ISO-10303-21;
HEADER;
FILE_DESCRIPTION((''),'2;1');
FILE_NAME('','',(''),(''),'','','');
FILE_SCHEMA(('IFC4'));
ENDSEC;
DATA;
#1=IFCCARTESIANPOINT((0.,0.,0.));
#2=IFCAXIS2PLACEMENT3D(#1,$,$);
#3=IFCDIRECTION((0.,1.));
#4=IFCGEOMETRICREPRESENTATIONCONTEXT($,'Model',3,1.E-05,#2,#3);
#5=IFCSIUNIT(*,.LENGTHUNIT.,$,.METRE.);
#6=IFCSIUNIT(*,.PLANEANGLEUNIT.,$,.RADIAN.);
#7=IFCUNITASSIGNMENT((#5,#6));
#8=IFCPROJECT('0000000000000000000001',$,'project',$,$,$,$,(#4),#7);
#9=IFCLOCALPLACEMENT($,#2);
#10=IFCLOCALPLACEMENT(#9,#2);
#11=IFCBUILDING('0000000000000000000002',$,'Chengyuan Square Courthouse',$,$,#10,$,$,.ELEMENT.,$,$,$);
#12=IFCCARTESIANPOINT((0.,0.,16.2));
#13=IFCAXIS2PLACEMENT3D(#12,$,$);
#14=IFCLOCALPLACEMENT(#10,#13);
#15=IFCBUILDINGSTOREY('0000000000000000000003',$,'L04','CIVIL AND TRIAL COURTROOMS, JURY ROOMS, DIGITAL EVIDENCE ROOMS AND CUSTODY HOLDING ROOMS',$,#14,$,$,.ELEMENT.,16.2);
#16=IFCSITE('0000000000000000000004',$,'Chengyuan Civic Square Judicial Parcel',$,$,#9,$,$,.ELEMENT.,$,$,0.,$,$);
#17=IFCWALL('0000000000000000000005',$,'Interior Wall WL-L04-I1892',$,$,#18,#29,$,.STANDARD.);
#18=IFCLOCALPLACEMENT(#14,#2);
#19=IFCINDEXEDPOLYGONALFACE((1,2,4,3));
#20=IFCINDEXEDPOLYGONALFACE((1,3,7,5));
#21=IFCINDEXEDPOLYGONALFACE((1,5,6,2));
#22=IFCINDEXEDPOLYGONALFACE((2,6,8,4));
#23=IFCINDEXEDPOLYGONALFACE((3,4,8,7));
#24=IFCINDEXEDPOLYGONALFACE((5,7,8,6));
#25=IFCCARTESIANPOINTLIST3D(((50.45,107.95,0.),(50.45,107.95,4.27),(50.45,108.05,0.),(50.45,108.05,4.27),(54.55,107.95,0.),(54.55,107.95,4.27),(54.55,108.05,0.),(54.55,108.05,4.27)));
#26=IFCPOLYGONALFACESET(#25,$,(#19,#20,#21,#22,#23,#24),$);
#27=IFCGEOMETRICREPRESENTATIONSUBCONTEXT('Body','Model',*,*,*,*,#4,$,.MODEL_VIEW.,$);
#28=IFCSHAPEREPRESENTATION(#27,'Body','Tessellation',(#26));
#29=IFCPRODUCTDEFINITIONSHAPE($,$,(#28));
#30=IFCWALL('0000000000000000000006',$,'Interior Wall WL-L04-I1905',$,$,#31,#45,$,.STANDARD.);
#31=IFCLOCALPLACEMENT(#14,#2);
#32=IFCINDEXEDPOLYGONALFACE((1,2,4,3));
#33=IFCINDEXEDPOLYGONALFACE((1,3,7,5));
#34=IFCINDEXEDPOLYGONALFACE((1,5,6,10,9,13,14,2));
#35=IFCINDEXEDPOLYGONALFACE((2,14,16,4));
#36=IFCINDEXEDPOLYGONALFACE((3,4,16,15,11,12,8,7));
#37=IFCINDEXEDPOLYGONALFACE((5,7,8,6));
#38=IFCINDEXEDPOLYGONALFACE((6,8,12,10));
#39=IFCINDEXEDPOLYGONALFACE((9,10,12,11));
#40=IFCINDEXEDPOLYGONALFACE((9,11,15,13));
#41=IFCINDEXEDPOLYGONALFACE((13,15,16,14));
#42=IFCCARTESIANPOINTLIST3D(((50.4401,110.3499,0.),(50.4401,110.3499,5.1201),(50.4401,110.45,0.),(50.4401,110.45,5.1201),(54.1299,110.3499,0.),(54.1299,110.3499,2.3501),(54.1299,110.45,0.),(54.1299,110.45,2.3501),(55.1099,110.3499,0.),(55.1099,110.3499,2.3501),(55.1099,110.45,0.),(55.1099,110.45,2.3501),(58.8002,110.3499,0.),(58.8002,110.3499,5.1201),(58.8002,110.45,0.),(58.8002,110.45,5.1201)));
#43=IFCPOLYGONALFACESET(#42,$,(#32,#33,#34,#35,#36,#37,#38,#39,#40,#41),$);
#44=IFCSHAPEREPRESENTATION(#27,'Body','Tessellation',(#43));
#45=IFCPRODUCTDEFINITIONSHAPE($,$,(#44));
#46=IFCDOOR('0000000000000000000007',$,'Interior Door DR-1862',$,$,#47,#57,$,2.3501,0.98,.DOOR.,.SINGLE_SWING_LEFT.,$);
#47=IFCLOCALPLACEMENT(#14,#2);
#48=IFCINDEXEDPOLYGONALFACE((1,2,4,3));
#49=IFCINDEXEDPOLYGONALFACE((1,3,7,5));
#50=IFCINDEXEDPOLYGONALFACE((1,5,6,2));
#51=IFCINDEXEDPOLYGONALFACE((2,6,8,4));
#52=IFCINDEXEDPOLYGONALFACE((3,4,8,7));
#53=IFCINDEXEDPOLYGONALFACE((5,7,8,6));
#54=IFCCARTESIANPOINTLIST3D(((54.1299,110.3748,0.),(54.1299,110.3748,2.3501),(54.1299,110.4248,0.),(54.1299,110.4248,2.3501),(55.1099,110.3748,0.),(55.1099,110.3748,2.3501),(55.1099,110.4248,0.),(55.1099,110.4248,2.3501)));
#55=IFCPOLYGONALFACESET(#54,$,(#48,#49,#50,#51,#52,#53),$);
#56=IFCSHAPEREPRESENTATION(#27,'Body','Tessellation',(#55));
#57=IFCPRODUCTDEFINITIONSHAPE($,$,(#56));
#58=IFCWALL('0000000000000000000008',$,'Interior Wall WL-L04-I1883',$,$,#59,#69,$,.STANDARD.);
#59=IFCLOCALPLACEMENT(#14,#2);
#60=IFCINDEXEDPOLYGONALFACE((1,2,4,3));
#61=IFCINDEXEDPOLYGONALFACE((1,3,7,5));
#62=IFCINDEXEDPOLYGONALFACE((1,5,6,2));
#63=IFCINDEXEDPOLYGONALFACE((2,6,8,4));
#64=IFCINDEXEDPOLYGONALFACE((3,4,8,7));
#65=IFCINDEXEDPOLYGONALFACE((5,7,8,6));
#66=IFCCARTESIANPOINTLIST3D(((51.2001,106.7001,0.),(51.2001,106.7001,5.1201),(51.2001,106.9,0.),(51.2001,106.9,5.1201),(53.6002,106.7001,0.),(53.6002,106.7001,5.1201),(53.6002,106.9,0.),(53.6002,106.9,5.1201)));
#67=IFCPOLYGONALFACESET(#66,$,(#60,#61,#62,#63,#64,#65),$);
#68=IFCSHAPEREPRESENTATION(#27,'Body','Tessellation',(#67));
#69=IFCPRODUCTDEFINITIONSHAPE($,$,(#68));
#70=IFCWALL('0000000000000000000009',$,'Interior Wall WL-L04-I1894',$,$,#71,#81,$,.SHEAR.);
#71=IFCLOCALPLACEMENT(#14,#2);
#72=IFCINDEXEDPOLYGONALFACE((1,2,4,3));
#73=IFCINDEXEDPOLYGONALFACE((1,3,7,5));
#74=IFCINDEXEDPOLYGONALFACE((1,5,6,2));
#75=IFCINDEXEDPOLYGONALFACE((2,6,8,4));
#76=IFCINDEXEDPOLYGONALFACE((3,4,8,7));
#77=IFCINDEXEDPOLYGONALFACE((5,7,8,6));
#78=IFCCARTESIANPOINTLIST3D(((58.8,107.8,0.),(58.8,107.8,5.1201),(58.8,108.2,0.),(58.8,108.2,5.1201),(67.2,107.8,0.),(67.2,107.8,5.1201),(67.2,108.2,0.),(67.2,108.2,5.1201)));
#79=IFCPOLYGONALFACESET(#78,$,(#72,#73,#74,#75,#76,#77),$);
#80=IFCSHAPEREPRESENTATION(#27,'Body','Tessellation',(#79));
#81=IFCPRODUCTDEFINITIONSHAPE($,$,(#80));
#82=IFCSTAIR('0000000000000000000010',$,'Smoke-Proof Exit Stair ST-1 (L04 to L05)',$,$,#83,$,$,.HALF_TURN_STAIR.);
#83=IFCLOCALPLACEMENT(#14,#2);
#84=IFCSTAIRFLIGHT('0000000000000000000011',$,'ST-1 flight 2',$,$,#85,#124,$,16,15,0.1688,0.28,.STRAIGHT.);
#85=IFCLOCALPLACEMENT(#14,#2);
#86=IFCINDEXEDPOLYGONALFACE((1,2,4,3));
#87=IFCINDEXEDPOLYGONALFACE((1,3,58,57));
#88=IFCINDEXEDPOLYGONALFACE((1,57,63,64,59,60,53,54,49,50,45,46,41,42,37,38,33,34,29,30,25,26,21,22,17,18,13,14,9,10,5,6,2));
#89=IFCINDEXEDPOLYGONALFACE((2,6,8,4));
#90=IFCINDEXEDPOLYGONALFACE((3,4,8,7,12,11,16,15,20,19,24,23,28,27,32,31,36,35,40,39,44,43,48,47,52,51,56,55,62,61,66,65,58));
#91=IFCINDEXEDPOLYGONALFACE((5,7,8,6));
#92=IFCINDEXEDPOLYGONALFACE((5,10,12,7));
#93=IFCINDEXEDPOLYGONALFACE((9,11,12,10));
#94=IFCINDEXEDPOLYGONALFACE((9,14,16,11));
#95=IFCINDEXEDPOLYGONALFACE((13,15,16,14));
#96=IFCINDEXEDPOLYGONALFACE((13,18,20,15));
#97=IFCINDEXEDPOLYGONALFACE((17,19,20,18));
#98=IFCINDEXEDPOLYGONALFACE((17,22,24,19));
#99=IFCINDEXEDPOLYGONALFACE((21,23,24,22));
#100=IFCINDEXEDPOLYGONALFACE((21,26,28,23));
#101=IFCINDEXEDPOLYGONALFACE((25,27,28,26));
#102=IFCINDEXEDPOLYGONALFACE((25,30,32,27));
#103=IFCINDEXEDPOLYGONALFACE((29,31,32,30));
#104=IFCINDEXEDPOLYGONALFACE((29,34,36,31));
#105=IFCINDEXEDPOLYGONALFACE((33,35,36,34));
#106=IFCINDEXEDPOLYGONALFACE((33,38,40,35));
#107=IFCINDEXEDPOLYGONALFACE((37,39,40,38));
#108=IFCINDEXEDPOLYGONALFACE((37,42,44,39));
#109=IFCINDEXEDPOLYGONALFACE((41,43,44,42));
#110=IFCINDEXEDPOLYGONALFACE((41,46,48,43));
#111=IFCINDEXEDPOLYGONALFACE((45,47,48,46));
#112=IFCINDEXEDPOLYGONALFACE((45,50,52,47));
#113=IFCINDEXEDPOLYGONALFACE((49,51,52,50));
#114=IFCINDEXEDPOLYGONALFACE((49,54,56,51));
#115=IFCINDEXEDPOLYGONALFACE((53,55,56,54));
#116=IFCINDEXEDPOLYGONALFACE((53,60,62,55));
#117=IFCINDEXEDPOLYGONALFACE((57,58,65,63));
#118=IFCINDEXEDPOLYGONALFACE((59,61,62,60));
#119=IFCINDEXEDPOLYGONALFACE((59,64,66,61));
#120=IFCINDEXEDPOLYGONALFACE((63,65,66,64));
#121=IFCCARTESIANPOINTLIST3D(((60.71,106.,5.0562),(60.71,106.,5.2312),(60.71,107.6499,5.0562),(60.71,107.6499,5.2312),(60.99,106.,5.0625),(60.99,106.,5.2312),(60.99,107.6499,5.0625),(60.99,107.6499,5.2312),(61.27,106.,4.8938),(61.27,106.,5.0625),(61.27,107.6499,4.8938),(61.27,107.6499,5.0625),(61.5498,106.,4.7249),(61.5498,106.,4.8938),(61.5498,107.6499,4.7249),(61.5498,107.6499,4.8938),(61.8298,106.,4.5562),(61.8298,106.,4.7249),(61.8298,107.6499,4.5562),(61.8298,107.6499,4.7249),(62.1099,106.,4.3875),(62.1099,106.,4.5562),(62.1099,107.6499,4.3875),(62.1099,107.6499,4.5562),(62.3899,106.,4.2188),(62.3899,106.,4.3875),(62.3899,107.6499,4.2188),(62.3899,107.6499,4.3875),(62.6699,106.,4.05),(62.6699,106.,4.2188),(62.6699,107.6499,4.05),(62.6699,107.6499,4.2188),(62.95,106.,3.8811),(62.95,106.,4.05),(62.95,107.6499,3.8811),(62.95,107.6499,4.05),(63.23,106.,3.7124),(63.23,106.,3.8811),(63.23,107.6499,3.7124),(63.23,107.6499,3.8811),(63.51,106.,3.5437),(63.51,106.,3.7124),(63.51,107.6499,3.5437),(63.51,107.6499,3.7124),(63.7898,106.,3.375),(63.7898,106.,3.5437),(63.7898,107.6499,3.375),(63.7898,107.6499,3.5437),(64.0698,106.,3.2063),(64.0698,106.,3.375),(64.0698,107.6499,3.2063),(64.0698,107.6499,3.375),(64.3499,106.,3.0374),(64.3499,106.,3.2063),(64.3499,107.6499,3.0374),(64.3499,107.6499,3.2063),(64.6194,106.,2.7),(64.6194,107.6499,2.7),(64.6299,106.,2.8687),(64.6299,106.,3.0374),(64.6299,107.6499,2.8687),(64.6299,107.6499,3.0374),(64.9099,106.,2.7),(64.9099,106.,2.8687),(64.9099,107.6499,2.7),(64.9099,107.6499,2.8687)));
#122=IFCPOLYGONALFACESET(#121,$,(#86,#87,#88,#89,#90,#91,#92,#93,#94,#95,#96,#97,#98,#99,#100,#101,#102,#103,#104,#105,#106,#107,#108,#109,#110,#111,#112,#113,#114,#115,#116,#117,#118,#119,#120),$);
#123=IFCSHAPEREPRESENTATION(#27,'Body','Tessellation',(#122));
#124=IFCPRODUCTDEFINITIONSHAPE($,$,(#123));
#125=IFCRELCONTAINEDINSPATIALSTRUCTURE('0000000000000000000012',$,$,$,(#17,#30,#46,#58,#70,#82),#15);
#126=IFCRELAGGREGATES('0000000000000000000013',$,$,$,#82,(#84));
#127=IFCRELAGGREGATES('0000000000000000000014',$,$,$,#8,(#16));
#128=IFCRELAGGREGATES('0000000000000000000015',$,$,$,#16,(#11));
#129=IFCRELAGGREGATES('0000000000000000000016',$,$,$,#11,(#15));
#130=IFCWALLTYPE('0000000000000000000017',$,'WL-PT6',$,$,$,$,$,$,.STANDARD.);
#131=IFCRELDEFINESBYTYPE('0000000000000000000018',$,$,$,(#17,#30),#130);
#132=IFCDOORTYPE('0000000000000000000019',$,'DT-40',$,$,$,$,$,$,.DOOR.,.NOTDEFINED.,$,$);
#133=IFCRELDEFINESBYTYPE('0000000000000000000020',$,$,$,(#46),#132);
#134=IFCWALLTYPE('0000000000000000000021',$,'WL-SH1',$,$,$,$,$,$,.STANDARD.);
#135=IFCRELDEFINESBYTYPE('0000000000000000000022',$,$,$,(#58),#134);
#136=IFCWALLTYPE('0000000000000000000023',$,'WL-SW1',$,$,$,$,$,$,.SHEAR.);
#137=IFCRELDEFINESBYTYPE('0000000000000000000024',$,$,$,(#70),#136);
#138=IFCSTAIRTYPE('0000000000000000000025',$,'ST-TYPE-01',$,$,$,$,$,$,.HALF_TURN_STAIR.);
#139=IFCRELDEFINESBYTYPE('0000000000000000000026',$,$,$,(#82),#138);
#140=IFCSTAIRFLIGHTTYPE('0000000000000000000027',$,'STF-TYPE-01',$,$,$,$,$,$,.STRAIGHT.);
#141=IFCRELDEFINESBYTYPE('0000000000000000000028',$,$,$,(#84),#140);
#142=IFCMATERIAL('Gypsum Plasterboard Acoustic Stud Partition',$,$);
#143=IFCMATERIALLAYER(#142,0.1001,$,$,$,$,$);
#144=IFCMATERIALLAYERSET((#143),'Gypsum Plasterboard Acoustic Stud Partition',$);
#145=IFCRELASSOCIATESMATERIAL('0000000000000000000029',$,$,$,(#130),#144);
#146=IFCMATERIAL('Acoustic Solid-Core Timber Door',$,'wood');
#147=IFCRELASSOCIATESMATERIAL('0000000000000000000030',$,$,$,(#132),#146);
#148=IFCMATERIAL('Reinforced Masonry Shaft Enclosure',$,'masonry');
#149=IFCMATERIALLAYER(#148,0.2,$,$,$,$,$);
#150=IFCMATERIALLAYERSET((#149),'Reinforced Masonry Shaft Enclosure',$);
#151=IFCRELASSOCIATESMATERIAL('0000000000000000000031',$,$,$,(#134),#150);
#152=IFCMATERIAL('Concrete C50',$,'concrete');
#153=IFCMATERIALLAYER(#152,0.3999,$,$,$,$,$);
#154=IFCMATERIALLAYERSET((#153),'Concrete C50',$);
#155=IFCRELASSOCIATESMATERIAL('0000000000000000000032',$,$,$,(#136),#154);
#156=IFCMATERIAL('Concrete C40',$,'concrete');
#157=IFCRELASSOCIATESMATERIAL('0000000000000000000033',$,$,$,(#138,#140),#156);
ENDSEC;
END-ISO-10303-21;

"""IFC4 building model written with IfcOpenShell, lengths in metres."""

from ifc_helpers import new_model, si_unit, direction, frame, frame_2d, origin, place, context, subcontext, project, spatial, polyline, rectangle, outline, extrude, material, layer, layer_set, type_object, element, fill, aggregate, save


model = new_model("IFC4")

# Units and contexts
model_context = context("Model", 3, precision=1e-05, world=origin(), true_north=direction((0.0, 1.0)))
body_context = subcontext(model_context, "Body", "Model", "MODEL_VIEW")
ifc_project = project(units=[si_unit("LENGTHUNIT", "METRE"), si_unit("PLANEANGLEUNIT", "RADIAN")], contexts=[model_context])

# Site, building, storey
site_placement = place(None, origin())
site = spatial("IfcSite", under=ifc_project, at=site_placement, Name="Chengyuan Civic Square Judicial Parcel", CompositionType="ELEMENT", RefElevation=0.0)
building_placement = place(site_placement, origin())
building = spatial("IfcBuilding", under=site, at=building_placement, Name="Chengyuan Square Courthouse", CompositionType="ELEMENT")
storey_placement = place(building_placement, frame((0.0, 0.0, 16.2)))
storey = spatial("IfcBuildingStorey", under=building, at=storey_placement, Name="L04", Description="CIVIL AND TRIAL COURTROOMS, JURY ROOMS, DIGITAL EVIDENCE ROOMS AND CUSTODY HOLDING ROOMS", CompositionType="ELEMENT", Elevation=16.2)

# Shared definitions
ifc_material_1 = material(Name="Concrete C50", Category="concrete")
ifc_material_2 = material(Name="Concrete C40", Category="concrete")

# Wall
ifc_material_3 = material(Name="Gypsum Plasterboard Acoustic Stud Partition")
ifc_layer_1 = layer(ifc_material_3, 0.1001)
ifc_layer_set_1 = layer_set([ifc_layer_1], Name="Gypsum Plasterboard Acoustic Stud Partition")
wall_type_1 = type_object("IfcWallType", Name="WL-PT6", PredefinedType="STANDARD", material=ifc_layer_set_1)
wall_1_placement = place(storey_placement, frame((50.45, 108.0, 0.0), z_axis=(0.0, 0.0, 1.0), x_axis=(1.0, 0.0, 0.0)))
element("IfcWall", 1, at=wall_1_placement, inside=storey, type_object=wall_type_1, Name="Interior Wall WL-L04-I1892", PredefinedType="STANDARD", context=body_context, shape_type="SweptSolid", body=[
    extrude(rectangle(XDim=4.1001, YDim=0.1001, at=frame_2d((2.05, 0.0))), origin(), (0.0, 0.0, 1.0), 4.27),
])

# Wall, opening, door
wall_2_placement = place(storey_placement, frame((50.4399, 110.3999, 0.0), z_axis=(0.0, 0.0, 1.0), x_axis=(1.0, 0.0, 0.0)))
wall_2 = element("IfcWall", 2, at=wall_2_placement, inside=storey, type_object=wall_type_1, Name="Interior Wall WL-L04-I1905", PredefinedType="STANDARD", context=body_context, shape_type="SweptSolid", body=[
    extrude(rectangle(XDim=8.3601, YDim=0.1001, at=frame_2d((4.1802, 0.0))), origin(), (0.0, 0.0, 1.0), 5.1201),
])
opening_1_placement = place(wall_2_placement, frame((3.6899, 0.0, 0.0)))
opening_1 = element("IfcOpeningElement", 3, at=opening_1_placement, cuts=wall_2, PredefinedType="OPENING", context=body_context, shape_type="SweptSolid", body=[
    extrude(rectangle(XDim=0.98, YDim=2.3501, at=frame_2d((0.49, 1.175))), frame((0.0, 0.062, 0.0), z_axis=(0.0, -1.0, 0.0), x_axis=(1.0, 0.0, 0.0)), (0.0, 0.0, 1.0), 0.124),
])
ifc_material_4 = material(Name="Acoustic Solid-Core Timber Door", Category="wood")
door_type_1 = type_object("IfcDoorType", Name="DT-40", OperationType="NOTDEFINED", PredefinedType="DOOR", material=ifc_material_4)
door_1_placement = place(opening_1_placement, origin())
door_1 = element("IfcDoor", 4, at=door_1_placement, inside=storey, type_object=door_type_1, Name="Interior Door DR-1862", OperationType="SINGLE_SWING_LEFT", OverallHeight=2.3501, OverallWidth=0.98, PredefinedType="DOOR", context=body_context, shape_type="SweptSolid", body=[
    extrude(rectangle(XDim=0.98, YDim=2.3501, at=frame_2d((0.49, 1.175))), frame((0.0, 0.0249, 0.0), z_axis=(0.0, -1.0, 0.0), x_axis=(1.0, 0.0, 0.0)), (0.0, 0.0, 1.0), 0.05),
])
fill(opening_1, door_1)

# Walls
ifc_material_5 = material(Name="Reinforced Masonry Shaft Enclosure", Category="masonry")
ifc_layer_2 = layer(ifc_material_5, 0.2)
ifc_layer_set_2 = layer_set([ifc_layer_2], Name="Reinforced Masonry Shaft Enclosure")
wall_type_2 = type_object("IfcWallType", Name="WL-SH1", PredefinedType="STANDARD", material=ifc_layer_set_2)
wall_3_placement = place(storey_placement, frame((51.2, 106.8, 0.0), z_axis=(0.0, 0.0, 1.0), x_axis=(1.0, 0.0, 0.0)))
element("IfcWall", 5, at=wall_3_placement, inside=storey, type_object=wall_type_2, Name="Interior Wall WL-L04-I1883", PredefinedType="STANDARD", context=body_context, shape_type="SweptSolid", body=[
    extrude(rectangle(XDim=2.4001, YDim=0.2, at=frame_2d((1.2002, 0.0))), origin(), (0.0, 0.0, 1.0), 5.1201),
])
ifc_layer_3 = layer(ifc_material_1, 0.3999)
ifc_layer_set_3 = layer_set([ifc_layer_3], Name="Concrete C50")
wall_type_3 = type_object("IfcWallType", Name="WL-SW1", PredefinedType="SHEAR", material=ifc_layer_set_3)
wall_4_placement = place(storey_placement, frame((58.8, 108.0, 0.0), z_axis=(0.0, 0.0, 1.0), x_axis=(1.0, 0.0, 0.0)))
element("IfcWall", 6, at=wall_4_placement, inside=storey, type_object=wall_type_3, Name="Interior Wall WL-L04-I1894", PredefinedType="SHEAR", context=body_context, shape_type="SweptSolid", body=[
    extrude(rectangle(XDim=8.3999, YDim=0.3999, at=frame_2d((4.2, 0.0))), origin(), (0.0, 0.0, 1.0), 5.1201),
])

# Stair, stair flight
stair_type = type_object("IfcStairType", Name="ST-TYPE-01", PredefinedType="HALF_TURN_STAIR", material=ifc_material_2)
stair_placement = place(storey_placement, origin())
stair = element("IfcStair", 7, at=stair_placement, inside=storey, type_object=stair_type, Name="Smoke-Proof Exit Stair ST-1 (L04 to L05)", PredefinedType="HALF_TURN_STAIR")
stair_flight_type = type_object("IfcStairFlightType", Name="STF-TYPE-01", PredefinedType="STRAIGHT", material=ifc_material_2)
stair_flight_placement = place(storey_placement, frame((64.9099, 106.825, 2.7), z_axis=(0.0, 0.0, 1.0), x_axis=(-1.0, 0.0, 0.0)))
stair_flight = element("IfcStairFlight", 8, at=stair_flight_placement, type_object=stair_flight_type, Name="ST-1 flight 2", NumberOfRisers=16, NumberOfTreads=15, PredefinedType="STRAIGHT", RiserHeight=0.1688, TreadLength=0.28, context=body_context, shape_type="SweptSolid", body=[
    extrude(outline(polyline([(0.0, 0.0), (0.0, 0.1687), (0.28, 0.1687), (0.28, 0.3374), (0.5601, 0.3374), (0.5601, 0.5063), (0.8401, 0.5063), (0.8401, 0.675), (1.1201, 0.675), (1.1201, 0.8438), (1.3999, 0.8438), (1.3999, 1.0125), (1.6799, 1.0125), (1.6799, 1.1812), (1.96, 1.1812), (1.96, 1.3501), (2.24, 1.3501), (2.24, 1.5188), (2.52, 1.5188), (2.52, 1.6875), (2.8, 1.6875), (2.8, 1.8562), (3.0801, 1.8562), (3.0801, 2.0249), (3.3601, 2.0249), (3.3601, 2.1938), (3.6399, 2.1938), (3.6399, 2.3625), (3.9199, 2.3625), (3.9199, 2.5312), (4.2, 2.5312), (4.2, 2.7), (4.2, 2.3562), (0.2905, 0.0), (0.0, 0.0)])), frame((0.0, 0.825, 0.0), z_axis=(0.0, -1.0, 0.0), x_axis=(1.0, 0.0, 0.0)), (0.0, 0.0, 1.0), 1.6499),
])
aggregate(stair, [stair_flight])

save(model, "model.ifc")
